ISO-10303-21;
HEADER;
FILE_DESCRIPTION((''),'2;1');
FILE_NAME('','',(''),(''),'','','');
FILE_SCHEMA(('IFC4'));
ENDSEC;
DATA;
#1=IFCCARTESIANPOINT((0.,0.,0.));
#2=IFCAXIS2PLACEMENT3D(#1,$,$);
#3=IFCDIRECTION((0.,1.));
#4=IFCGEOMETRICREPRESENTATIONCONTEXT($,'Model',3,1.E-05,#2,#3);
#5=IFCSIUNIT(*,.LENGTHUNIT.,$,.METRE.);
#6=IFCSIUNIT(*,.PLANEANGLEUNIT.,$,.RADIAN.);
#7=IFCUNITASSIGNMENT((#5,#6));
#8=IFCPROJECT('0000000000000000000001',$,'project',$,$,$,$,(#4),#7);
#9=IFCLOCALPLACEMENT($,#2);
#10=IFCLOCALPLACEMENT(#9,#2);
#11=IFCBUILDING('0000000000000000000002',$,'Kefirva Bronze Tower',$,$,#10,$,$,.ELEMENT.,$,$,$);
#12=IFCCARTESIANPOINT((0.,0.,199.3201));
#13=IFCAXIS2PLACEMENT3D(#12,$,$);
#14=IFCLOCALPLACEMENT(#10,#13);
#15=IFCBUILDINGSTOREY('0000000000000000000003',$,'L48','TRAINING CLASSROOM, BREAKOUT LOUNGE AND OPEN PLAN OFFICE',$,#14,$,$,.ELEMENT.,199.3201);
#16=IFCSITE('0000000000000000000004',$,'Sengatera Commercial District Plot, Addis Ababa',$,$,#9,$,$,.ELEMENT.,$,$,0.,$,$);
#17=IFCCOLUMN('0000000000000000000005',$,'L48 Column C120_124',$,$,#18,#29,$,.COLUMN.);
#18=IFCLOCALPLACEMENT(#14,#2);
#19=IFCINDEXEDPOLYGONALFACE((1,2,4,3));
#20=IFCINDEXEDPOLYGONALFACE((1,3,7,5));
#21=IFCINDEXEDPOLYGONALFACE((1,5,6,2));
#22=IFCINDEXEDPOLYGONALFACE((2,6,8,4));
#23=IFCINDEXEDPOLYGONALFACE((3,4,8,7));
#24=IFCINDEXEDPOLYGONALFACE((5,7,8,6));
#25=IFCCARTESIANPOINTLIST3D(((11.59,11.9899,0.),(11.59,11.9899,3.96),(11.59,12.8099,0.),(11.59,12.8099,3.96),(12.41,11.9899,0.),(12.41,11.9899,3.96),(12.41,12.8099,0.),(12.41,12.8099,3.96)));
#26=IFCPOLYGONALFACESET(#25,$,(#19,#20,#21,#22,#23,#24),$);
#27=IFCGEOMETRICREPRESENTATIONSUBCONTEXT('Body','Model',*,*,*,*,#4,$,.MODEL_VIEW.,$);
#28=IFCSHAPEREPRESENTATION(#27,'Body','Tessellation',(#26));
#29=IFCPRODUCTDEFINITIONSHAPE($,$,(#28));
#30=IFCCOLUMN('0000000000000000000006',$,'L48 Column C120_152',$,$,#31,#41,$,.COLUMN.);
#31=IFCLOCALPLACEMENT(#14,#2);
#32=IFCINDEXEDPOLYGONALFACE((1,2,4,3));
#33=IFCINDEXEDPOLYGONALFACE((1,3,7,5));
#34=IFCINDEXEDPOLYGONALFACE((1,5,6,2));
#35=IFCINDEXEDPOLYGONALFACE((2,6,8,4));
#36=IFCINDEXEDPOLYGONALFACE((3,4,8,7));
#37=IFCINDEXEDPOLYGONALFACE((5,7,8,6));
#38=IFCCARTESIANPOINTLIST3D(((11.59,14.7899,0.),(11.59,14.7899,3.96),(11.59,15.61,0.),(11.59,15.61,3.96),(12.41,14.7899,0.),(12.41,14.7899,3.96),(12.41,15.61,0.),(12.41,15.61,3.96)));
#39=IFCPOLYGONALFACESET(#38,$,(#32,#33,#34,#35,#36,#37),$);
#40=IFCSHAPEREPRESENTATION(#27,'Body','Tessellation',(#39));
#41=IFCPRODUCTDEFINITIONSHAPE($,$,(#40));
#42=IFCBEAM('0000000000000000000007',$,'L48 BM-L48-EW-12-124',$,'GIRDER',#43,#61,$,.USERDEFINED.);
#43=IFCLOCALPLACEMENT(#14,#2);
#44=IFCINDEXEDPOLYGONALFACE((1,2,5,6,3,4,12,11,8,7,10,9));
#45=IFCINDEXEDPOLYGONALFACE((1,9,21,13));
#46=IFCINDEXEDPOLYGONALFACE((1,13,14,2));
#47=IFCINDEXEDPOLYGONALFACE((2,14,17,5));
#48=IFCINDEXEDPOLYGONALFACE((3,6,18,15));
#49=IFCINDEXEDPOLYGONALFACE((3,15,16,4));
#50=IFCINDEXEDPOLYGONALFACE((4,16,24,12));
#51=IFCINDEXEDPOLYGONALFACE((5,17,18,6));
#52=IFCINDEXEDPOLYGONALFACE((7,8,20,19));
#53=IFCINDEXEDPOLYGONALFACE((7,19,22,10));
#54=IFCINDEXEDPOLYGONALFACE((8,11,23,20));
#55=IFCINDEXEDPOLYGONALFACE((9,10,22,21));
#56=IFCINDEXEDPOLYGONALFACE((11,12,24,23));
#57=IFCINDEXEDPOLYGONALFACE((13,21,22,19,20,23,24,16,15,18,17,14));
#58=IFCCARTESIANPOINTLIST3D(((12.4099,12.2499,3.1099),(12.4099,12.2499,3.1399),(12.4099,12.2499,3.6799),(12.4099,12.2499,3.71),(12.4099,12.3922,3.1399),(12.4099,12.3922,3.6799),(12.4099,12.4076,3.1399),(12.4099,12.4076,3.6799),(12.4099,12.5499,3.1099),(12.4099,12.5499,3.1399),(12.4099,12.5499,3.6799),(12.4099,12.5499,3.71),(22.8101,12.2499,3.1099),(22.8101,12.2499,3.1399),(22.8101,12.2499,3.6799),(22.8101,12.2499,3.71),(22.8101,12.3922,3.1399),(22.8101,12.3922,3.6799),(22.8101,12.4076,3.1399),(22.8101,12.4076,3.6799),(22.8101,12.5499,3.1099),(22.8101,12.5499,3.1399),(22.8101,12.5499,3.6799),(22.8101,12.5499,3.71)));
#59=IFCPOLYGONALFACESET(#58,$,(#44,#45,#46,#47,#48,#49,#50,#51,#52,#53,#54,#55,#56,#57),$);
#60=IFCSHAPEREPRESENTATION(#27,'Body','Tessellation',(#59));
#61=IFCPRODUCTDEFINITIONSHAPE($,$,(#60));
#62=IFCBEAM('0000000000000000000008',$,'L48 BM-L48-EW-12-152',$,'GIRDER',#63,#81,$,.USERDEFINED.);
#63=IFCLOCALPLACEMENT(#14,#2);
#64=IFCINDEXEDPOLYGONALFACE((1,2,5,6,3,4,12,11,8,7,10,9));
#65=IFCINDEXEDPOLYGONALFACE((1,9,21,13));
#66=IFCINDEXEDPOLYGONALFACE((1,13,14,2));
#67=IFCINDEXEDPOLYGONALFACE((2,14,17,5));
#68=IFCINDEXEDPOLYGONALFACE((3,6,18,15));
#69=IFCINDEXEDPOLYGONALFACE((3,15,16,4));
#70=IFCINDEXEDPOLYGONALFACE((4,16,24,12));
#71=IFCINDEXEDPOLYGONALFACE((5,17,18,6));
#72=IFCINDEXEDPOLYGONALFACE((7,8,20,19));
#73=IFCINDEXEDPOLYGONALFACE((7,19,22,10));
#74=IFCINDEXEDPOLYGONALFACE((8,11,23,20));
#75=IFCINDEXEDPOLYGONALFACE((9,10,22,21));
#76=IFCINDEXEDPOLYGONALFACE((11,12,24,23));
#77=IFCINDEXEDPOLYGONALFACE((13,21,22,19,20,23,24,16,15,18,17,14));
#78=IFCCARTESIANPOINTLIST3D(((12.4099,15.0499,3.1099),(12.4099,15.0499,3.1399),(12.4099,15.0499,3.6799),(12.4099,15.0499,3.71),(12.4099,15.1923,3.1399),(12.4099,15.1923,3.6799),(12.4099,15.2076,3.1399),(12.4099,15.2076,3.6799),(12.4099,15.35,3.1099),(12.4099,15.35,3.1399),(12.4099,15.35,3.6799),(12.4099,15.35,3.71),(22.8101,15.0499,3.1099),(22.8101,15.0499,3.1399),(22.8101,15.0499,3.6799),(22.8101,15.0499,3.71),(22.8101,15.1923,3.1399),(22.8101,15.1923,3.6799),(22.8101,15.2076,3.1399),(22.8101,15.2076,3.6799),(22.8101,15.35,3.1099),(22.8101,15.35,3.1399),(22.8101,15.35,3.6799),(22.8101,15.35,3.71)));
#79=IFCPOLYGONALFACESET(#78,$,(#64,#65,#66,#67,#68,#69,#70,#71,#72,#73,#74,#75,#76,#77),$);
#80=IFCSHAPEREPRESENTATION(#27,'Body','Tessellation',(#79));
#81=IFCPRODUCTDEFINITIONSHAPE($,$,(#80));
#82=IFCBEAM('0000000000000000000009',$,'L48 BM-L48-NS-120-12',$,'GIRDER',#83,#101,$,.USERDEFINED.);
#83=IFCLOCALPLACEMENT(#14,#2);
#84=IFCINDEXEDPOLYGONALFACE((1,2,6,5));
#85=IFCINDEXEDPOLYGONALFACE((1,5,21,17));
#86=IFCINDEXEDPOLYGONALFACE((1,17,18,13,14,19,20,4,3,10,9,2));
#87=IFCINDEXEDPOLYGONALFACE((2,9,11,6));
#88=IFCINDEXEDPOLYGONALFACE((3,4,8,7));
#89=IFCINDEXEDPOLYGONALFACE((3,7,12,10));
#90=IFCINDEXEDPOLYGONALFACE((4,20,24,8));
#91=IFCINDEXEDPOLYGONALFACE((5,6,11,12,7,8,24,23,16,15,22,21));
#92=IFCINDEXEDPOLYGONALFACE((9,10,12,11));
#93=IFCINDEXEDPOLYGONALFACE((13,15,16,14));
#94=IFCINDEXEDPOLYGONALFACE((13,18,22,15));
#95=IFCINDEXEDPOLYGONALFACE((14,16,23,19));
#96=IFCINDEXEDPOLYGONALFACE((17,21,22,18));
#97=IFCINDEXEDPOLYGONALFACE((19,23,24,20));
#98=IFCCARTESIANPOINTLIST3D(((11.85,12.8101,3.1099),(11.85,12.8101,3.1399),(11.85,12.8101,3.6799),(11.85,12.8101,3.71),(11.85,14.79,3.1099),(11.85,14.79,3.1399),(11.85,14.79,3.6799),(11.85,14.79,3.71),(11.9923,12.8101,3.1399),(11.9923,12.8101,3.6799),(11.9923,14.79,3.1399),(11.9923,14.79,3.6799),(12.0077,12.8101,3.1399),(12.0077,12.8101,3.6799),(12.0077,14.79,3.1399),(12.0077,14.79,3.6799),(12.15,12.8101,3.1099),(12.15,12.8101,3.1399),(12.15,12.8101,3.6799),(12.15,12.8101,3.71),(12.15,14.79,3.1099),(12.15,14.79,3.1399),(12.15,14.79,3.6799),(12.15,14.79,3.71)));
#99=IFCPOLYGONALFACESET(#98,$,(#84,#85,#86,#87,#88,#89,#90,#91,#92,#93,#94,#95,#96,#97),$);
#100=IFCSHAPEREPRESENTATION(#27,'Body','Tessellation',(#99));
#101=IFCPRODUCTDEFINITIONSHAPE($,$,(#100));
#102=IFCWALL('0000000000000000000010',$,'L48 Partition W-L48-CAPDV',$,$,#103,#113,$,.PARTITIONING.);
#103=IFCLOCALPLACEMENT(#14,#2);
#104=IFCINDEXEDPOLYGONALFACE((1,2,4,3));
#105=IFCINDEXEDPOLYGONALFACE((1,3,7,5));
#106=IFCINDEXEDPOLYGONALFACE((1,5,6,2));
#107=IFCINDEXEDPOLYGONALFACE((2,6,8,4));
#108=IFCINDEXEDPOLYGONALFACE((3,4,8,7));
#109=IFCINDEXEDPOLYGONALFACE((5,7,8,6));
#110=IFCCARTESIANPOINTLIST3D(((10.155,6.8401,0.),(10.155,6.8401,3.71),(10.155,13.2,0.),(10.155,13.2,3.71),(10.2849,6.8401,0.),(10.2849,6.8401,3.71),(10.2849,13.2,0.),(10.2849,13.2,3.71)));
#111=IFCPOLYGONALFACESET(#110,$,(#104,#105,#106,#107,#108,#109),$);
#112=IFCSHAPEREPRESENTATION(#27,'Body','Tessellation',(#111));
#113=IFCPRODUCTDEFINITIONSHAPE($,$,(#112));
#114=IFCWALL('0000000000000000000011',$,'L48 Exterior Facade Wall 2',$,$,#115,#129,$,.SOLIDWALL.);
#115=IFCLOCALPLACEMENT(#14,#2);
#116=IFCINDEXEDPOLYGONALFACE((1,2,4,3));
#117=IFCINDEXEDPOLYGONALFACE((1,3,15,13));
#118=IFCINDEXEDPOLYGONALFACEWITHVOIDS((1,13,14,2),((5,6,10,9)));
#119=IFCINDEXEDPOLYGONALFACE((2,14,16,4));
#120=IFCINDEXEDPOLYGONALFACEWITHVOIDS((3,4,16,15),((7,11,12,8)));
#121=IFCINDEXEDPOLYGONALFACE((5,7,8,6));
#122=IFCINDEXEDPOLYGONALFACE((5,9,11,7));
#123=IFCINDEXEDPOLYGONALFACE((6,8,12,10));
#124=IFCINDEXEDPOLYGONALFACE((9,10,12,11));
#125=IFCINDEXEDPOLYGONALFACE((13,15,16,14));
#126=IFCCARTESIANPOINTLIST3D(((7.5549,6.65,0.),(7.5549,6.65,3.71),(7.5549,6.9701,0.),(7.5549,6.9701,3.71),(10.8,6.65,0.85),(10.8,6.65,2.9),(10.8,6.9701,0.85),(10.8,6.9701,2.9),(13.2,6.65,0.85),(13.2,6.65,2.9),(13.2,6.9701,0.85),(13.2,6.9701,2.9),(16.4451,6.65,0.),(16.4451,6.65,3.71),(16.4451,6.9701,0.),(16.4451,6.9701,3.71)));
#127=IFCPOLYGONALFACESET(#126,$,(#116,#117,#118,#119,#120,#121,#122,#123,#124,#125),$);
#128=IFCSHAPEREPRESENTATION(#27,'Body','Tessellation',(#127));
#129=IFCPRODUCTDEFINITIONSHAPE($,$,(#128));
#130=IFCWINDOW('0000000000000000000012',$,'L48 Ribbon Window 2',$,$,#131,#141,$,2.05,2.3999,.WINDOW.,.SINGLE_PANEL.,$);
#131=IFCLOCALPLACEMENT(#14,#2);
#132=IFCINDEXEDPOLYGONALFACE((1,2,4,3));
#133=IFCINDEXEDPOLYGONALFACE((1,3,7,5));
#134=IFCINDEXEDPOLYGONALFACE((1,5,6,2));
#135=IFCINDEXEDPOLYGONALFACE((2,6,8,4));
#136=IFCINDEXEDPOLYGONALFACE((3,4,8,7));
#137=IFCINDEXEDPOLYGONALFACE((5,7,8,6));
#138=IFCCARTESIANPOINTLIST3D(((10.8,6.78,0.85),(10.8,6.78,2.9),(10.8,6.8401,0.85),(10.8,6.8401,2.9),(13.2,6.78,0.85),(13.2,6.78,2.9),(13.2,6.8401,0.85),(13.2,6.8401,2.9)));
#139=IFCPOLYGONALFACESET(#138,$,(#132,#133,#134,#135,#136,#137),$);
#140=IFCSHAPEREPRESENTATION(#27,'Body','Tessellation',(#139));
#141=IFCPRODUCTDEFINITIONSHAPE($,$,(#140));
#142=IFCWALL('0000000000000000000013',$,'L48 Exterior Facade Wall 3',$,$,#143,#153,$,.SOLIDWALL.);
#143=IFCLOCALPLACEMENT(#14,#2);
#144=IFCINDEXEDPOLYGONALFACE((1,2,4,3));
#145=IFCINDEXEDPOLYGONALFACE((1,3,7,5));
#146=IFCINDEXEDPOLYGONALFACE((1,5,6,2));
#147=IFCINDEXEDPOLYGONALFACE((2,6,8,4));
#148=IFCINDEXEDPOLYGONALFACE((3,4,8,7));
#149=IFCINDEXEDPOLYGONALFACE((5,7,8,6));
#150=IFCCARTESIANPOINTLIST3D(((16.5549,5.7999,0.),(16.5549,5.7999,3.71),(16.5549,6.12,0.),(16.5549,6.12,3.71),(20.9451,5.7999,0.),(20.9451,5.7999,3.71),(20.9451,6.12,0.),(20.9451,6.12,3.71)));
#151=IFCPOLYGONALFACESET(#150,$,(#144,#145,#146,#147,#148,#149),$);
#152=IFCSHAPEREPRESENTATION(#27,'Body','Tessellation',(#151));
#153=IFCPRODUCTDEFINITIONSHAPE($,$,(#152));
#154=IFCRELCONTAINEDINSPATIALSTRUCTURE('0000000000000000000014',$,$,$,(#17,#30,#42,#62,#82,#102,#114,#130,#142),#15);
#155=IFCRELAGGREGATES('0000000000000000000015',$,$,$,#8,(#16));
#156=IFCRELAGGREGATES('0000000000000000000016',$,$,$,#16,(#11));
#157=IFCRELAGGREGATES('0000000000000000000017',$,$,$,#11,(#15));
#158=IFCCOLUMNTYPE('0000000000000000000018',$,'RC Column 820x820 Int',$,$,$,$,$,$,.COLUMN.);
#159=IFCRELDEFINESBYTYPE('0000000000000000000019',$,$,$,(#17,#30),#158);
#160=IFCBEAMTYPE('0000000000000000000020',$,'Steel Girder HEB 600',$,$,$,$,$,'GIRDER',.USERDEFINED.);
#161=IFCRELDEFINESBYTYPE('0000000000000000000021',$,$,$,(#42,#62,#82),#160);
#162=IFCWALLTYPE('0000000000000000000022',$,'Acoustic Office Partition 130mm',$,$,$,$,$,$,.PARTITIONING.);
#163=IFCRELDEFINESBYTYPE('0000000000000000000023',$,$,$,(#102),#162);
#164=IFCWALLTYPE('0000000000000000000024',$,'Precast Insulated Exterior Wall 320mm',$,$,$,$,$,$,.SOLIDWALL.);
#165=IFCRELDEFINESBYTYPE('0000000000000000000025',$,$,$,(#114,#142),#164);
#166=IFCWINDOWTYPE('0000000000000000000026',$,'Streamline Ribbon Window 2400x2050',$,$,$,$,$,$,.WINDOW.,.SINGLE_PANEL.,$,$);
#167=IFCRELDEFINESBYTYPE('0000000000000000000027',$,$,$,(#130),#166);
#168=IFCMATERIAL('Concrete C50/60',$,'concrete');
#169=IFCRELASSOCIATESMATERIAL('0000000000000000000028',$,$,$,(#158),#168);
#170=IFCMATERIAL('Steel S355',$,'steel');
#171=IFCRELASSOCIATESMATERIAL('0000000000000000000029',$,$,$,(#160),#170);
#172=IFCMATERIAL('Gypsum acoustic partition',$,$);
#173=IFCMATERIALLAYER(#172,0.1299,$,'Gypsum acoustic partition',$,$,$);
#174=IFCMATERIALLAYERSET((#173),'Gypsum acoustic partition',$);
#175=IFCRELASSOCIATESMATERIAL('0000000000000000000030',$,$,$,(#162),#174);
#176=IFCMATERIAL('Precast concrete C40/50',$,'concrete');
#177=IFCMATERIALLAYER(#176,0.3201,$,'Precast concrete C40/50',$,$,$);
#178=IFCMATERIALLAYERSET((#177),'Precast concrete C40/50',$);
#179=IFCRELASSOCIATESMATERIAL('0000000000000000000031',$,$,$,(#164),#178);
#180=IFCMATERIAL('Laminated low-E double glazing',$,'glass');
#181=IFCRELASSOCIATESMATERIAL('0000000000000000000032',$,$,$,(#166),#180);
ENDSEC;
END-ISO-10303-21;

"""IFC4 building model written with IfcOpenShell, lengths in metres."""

from ifc_helpers import new_model, si_unit, direction, frame, frame_2d, origin, origin_2d, place, context, subcontext, project, spatial, rectangle, i_section, extrude, material, layer, layer_set, material_profile, profile_set, type_object, element, fill, save


model = new_model("IFC4")

# Units and contexts
model_context = context("Model", 3, precision=1e-05, world=origin(), true_north=direction((0.0, 1.0)))
body_context = subcontext(model_context, "Body", "Model", "MODEL_VIEW")
ifc_project = project(units=[si_unit("LENGTHUNIT", "METRE"), si_unit("PLANEANGLEUNIT", "RADIAN")], contexts=[model_context])

# Site, building, storey
site_placement = place(None, origin())
site = spatial("IfcSite", under=ifc_project, at=site_placement, Name="Sengatera Commercial District Plot, Addis Ababa", CompositionType="ELEMENT", RefElevation=0.0)
building_placement = place(site_placement, origin())
building = spatial("IfcBuilding", under=site, at=building_placement, Name="Kefirva Bronze Tower", CompositionType="ELEMENT")
storey_placement = place(building_placement, frame((0.0, 0.0, 199.3201)))
storey = spatial("IfcBuildingStorey", under=building, at=storey_placement, Name="L48", Description="TRAINING CLASSROOM, BREAKOUT LOUNGE AND OPEN PLAN OFFICE", CompositionType="ELEMENT", Elevation=199.3201)

# Columns
ifc_material_1 = material(Name="Concrete C50/60", Category="concrete")
ifc_material_profile_1 = material_profile(ifc_material_1, rectangle(XDim=0.8201, YDim=0.8201, at=origin_2d()), Name="RC 820x820")
ifc_profile_set_1 = profile_set([ifc_material_profile_1], Name="Concrete C50/60")
column_type = type_object("IfcColumnType", Name="RC Column 820x820 Int", PredefinedType="COLUMN", material=ifc_profile_set_1)
for number, where, z_axis, x_axis, name in (
    (1, (12.0, 12.3999, 0.0), (0.0, 0.0, 1.0), (1.0, 0.0, 0.0), "L48 Column C120_124"),
    (2, (12.0, 15.2, 0.0), (0.0, 0.0, 1.0), (1.0, 0.0, 0.0), "L48 Column C120_152"),
):
    element("IfcColumn", number, at=place(storey_placement, frame(where, z_axis=z_axis, x_axis=x_axis)), inside=storey, type_object=column_type, Name=name, PredefinedType="COLUMN", context=body_context, shape_type="SweptSolid", body=[
        extrude(rectangle(XDim=0.8201, YDim=0.8201, at=origin_2d()), origin(), (0.0, 0.0, 1.0), 3.96),
    ])

# Beams
ifc_material_2 = material(Name="Steel S355", Category="steel")
ifc_material_profile_2 = material_profile(ifc_material_2, i_section(OverallWidth=0.3, OverallDepth=0.6001, WebThickness=0.0154, FlangeThickness=0.03, at=origin_2d()), Name="HEB 600")
ifc_profile_set_2 = profile_set([ifc_material_profile_2], Name="Steel S355")
beam_type = type_object("IfcBeamType", Name="Steel Girder HEB 600", ElementType="GIRDER", PredefinedType="USERDEFINED", material=ifc_profile_set_2)
for number, where, z_axis, x_axis, name in (
    (3, (12.4099, 12.3999, 3.4099), (1.0, 0.0, 0.0), (0.0, 1.0, 0.0), "L48 BM-L48-EW-12-124"),
    (4, (12.4099, 15.2, 3.4099), (1.0, 0.0, 0.0), (0.0, 1.0, 0.0), "L48 BM-L48-EW-12-152"),
):
    element("IfcBeam", number, at=place(storey_placement, frame(where, z_axis=z_axis, x_axis=x_axis)), inside=storey, type_object=beam_type, Name=name, ObjectType="GIRDER", PredefinedType="USERDEFINED", context=body_context, shape_type="SweptSolid", body=[
        extrude(i_section(OverallWidth=0.3, OverallDepth=0.6001, WebThickness=0.0154, FlangeThickness=0.03, at=origin_2d()), origin(), (0.0, 0.0, 1.0), 10.4001),
    ])
beam_placement = place(storey_placement, frame((12.0, 12.8101, 3.4099), z_axis=(0.0, 1.0, 0.0), x_axis=(-1.0, 0.0, 0.0)))
element("IfcBeam", 5, at=beam_placement, inside=storey, type_object=beam_type, Name="L48 BM-L48-NS-120-12", ObjectType="GIRDER", PredefinedType="USERDEFINED", context=body_context, shape_type="SweptSolid", body=[
    extrude(i_section(OverallWidth=0.3, OverallDepth=0.6001, WebThickness=0.0154, FlangeThickness=0.03, at=origin_2d()), origin(), (0.0, 0.0, 1.0), 1.98),
])

# Wall
ifc_material_3 = material(Name="Gypsum acoustic partition")
ifc_layer_1 = layer(ifc_material_3, 0.1299, Name="Gypsum acoustic partition")
ifc_layer_set_1 = layer_set([ifc_layer_1], Name="Gypsum acoustic partition")
wall_type_1 = type_object("IfcWallType", Name="Acoustic Office Partition 130mm", PredefinedType="PARTITIONING", material=ifc_layer_set_1)
wall_1_placement = place(storey_placement, frame((10.22, 6.8401, 0.0), z_axis=(0.0, 0.0, 1.0), x_axis=(0.0, 1.0, 0.0)))
element("IfcWall", 6, at=wall_1_placement, inside=storey, type_object=wall_type_1, Name="L48 Partition W-L48-CAPDV", PredefinedType="PARTITIONING", context=body_context, shape_type="SweptSolid", body=[
    extrude(rectangle(XDim=6.3599, YDim=0.1299, at=frame_2d((3.1799, 0.0))), origin(), (0.0, 0.0, 1.0), 3.71),
])

# Wall, opening, window
ifc_material_4 = material(Name="Precast concrete C40/50", Category="concrete")
ifc_layer_2 = layer(ifc_material_4, 0.3201, Name="Precast concrete C40/50")
ifc_layer_set_2 = layer_set([ifc_layer_2], Name="Precast concrete C40/50")
wall_type_2 = type_object("IfcWallType", Name="Precast Insulated Exterior Wall 320mm", PredefinedType="SOLIDWALL", material=ifc_layer_set_2)
wall_2_placement = place(storey_placement, frame((7.5549, 6.8101, 0.0), z_axis=(0.0, 0.0, 1.0), x_axis=(1.0, 0.0, 0.0)))
wall_2 = element("IfcWall", 7, at=wall_2_placement, inside=storey, type_object=wall_type_2, Name="L48 Exterior Facade Wall 2", PredefinedType="SOLIDWALL", context=body_context, shape_type="SweptSolid", body=[
    extrude(rectangle(XDim=8.8901, YDim=0.3201, at=frame_2d((4.4451, 0.0))), origin(), (0.0, 0.0, 1.0), 3.71),
])
opening_1_placement = place(wall_2_placement, frame((3.2451, 0.0, 0.8501)))
opening_1 = element("IfcOpeningElement", 8, at=opening_1_placement, cuts=wall_2, PredefinedType="OPENING", context=body_context, shape_type="SweptSolid", body=[
    extrude(rectangle(XDim=2.3999, YDim=2.05, at=frame_2d((1.2, 1.0249))), frame((0.0, 0.1699, 0.0), z_axis=(0.0, -1.0, 0.0), x_axis=(1.0, 0.0, 0.0)), (0.0, 0.0, 1.0), 0.3401),
])
ifc_material_5 = material(Name="Laminated low-E double glazing", Category="glass")
window_type = type_object("IfcWindowType", Name="Streamline Ribbon Window 2400x2050", PartitioningType="SINGLE_PANEL", PredefinedType="WINDOW", material=ifc_material_5)
window_placement = place(opening_1_placement, origin())
window = element("IfcWindow", 9, at=window_placement, inside=storey, type_object=window_type, Name="L48 Ribbon Window 2", OverallHeight=2.05, OverallWidth=2.3999, PartitioningType="SINGLE_PANEL", PredefinedType="WINDOW", context=body_context, shape_type="SweptSolid", body=[
    extrude(rectangle(XDim=2.3999, YDim=2.05, at=frame_2d((1.2, 1.0249))), frame((0.0, 0.03, 0.0), z_axis=(0.0, -1.0, 0.0), x_axis=(1.0, 0.0, 0.0)), (0.0, 0.0, 1.0), 0.0601),
])
fill(opening_1, window)

# Wall
wall_3_placement = place(storey_placement, frame((16.5549, 5.96, 0.0), z_axis=(0.0, 0.0, 1.0), x_axis=(1.0, 0.0, 0.0)))
element("IfcWall", 10, at=wall_3_placement, inside=storey, type_object=wall_type_2, Name="L48 Exterior Facade Wall 3", PredefinedType="SOLIDWALL", context=body_context, shape_type="SweptSolid", body=[
    extrude(rectangle(XDim=4.3901, YDim=0.3201, at=frame_2d((2.1951, 0.0))), origin(), (0.0, 0.0, 1.0), 3.71),
])

save(model, "model.ifc")
